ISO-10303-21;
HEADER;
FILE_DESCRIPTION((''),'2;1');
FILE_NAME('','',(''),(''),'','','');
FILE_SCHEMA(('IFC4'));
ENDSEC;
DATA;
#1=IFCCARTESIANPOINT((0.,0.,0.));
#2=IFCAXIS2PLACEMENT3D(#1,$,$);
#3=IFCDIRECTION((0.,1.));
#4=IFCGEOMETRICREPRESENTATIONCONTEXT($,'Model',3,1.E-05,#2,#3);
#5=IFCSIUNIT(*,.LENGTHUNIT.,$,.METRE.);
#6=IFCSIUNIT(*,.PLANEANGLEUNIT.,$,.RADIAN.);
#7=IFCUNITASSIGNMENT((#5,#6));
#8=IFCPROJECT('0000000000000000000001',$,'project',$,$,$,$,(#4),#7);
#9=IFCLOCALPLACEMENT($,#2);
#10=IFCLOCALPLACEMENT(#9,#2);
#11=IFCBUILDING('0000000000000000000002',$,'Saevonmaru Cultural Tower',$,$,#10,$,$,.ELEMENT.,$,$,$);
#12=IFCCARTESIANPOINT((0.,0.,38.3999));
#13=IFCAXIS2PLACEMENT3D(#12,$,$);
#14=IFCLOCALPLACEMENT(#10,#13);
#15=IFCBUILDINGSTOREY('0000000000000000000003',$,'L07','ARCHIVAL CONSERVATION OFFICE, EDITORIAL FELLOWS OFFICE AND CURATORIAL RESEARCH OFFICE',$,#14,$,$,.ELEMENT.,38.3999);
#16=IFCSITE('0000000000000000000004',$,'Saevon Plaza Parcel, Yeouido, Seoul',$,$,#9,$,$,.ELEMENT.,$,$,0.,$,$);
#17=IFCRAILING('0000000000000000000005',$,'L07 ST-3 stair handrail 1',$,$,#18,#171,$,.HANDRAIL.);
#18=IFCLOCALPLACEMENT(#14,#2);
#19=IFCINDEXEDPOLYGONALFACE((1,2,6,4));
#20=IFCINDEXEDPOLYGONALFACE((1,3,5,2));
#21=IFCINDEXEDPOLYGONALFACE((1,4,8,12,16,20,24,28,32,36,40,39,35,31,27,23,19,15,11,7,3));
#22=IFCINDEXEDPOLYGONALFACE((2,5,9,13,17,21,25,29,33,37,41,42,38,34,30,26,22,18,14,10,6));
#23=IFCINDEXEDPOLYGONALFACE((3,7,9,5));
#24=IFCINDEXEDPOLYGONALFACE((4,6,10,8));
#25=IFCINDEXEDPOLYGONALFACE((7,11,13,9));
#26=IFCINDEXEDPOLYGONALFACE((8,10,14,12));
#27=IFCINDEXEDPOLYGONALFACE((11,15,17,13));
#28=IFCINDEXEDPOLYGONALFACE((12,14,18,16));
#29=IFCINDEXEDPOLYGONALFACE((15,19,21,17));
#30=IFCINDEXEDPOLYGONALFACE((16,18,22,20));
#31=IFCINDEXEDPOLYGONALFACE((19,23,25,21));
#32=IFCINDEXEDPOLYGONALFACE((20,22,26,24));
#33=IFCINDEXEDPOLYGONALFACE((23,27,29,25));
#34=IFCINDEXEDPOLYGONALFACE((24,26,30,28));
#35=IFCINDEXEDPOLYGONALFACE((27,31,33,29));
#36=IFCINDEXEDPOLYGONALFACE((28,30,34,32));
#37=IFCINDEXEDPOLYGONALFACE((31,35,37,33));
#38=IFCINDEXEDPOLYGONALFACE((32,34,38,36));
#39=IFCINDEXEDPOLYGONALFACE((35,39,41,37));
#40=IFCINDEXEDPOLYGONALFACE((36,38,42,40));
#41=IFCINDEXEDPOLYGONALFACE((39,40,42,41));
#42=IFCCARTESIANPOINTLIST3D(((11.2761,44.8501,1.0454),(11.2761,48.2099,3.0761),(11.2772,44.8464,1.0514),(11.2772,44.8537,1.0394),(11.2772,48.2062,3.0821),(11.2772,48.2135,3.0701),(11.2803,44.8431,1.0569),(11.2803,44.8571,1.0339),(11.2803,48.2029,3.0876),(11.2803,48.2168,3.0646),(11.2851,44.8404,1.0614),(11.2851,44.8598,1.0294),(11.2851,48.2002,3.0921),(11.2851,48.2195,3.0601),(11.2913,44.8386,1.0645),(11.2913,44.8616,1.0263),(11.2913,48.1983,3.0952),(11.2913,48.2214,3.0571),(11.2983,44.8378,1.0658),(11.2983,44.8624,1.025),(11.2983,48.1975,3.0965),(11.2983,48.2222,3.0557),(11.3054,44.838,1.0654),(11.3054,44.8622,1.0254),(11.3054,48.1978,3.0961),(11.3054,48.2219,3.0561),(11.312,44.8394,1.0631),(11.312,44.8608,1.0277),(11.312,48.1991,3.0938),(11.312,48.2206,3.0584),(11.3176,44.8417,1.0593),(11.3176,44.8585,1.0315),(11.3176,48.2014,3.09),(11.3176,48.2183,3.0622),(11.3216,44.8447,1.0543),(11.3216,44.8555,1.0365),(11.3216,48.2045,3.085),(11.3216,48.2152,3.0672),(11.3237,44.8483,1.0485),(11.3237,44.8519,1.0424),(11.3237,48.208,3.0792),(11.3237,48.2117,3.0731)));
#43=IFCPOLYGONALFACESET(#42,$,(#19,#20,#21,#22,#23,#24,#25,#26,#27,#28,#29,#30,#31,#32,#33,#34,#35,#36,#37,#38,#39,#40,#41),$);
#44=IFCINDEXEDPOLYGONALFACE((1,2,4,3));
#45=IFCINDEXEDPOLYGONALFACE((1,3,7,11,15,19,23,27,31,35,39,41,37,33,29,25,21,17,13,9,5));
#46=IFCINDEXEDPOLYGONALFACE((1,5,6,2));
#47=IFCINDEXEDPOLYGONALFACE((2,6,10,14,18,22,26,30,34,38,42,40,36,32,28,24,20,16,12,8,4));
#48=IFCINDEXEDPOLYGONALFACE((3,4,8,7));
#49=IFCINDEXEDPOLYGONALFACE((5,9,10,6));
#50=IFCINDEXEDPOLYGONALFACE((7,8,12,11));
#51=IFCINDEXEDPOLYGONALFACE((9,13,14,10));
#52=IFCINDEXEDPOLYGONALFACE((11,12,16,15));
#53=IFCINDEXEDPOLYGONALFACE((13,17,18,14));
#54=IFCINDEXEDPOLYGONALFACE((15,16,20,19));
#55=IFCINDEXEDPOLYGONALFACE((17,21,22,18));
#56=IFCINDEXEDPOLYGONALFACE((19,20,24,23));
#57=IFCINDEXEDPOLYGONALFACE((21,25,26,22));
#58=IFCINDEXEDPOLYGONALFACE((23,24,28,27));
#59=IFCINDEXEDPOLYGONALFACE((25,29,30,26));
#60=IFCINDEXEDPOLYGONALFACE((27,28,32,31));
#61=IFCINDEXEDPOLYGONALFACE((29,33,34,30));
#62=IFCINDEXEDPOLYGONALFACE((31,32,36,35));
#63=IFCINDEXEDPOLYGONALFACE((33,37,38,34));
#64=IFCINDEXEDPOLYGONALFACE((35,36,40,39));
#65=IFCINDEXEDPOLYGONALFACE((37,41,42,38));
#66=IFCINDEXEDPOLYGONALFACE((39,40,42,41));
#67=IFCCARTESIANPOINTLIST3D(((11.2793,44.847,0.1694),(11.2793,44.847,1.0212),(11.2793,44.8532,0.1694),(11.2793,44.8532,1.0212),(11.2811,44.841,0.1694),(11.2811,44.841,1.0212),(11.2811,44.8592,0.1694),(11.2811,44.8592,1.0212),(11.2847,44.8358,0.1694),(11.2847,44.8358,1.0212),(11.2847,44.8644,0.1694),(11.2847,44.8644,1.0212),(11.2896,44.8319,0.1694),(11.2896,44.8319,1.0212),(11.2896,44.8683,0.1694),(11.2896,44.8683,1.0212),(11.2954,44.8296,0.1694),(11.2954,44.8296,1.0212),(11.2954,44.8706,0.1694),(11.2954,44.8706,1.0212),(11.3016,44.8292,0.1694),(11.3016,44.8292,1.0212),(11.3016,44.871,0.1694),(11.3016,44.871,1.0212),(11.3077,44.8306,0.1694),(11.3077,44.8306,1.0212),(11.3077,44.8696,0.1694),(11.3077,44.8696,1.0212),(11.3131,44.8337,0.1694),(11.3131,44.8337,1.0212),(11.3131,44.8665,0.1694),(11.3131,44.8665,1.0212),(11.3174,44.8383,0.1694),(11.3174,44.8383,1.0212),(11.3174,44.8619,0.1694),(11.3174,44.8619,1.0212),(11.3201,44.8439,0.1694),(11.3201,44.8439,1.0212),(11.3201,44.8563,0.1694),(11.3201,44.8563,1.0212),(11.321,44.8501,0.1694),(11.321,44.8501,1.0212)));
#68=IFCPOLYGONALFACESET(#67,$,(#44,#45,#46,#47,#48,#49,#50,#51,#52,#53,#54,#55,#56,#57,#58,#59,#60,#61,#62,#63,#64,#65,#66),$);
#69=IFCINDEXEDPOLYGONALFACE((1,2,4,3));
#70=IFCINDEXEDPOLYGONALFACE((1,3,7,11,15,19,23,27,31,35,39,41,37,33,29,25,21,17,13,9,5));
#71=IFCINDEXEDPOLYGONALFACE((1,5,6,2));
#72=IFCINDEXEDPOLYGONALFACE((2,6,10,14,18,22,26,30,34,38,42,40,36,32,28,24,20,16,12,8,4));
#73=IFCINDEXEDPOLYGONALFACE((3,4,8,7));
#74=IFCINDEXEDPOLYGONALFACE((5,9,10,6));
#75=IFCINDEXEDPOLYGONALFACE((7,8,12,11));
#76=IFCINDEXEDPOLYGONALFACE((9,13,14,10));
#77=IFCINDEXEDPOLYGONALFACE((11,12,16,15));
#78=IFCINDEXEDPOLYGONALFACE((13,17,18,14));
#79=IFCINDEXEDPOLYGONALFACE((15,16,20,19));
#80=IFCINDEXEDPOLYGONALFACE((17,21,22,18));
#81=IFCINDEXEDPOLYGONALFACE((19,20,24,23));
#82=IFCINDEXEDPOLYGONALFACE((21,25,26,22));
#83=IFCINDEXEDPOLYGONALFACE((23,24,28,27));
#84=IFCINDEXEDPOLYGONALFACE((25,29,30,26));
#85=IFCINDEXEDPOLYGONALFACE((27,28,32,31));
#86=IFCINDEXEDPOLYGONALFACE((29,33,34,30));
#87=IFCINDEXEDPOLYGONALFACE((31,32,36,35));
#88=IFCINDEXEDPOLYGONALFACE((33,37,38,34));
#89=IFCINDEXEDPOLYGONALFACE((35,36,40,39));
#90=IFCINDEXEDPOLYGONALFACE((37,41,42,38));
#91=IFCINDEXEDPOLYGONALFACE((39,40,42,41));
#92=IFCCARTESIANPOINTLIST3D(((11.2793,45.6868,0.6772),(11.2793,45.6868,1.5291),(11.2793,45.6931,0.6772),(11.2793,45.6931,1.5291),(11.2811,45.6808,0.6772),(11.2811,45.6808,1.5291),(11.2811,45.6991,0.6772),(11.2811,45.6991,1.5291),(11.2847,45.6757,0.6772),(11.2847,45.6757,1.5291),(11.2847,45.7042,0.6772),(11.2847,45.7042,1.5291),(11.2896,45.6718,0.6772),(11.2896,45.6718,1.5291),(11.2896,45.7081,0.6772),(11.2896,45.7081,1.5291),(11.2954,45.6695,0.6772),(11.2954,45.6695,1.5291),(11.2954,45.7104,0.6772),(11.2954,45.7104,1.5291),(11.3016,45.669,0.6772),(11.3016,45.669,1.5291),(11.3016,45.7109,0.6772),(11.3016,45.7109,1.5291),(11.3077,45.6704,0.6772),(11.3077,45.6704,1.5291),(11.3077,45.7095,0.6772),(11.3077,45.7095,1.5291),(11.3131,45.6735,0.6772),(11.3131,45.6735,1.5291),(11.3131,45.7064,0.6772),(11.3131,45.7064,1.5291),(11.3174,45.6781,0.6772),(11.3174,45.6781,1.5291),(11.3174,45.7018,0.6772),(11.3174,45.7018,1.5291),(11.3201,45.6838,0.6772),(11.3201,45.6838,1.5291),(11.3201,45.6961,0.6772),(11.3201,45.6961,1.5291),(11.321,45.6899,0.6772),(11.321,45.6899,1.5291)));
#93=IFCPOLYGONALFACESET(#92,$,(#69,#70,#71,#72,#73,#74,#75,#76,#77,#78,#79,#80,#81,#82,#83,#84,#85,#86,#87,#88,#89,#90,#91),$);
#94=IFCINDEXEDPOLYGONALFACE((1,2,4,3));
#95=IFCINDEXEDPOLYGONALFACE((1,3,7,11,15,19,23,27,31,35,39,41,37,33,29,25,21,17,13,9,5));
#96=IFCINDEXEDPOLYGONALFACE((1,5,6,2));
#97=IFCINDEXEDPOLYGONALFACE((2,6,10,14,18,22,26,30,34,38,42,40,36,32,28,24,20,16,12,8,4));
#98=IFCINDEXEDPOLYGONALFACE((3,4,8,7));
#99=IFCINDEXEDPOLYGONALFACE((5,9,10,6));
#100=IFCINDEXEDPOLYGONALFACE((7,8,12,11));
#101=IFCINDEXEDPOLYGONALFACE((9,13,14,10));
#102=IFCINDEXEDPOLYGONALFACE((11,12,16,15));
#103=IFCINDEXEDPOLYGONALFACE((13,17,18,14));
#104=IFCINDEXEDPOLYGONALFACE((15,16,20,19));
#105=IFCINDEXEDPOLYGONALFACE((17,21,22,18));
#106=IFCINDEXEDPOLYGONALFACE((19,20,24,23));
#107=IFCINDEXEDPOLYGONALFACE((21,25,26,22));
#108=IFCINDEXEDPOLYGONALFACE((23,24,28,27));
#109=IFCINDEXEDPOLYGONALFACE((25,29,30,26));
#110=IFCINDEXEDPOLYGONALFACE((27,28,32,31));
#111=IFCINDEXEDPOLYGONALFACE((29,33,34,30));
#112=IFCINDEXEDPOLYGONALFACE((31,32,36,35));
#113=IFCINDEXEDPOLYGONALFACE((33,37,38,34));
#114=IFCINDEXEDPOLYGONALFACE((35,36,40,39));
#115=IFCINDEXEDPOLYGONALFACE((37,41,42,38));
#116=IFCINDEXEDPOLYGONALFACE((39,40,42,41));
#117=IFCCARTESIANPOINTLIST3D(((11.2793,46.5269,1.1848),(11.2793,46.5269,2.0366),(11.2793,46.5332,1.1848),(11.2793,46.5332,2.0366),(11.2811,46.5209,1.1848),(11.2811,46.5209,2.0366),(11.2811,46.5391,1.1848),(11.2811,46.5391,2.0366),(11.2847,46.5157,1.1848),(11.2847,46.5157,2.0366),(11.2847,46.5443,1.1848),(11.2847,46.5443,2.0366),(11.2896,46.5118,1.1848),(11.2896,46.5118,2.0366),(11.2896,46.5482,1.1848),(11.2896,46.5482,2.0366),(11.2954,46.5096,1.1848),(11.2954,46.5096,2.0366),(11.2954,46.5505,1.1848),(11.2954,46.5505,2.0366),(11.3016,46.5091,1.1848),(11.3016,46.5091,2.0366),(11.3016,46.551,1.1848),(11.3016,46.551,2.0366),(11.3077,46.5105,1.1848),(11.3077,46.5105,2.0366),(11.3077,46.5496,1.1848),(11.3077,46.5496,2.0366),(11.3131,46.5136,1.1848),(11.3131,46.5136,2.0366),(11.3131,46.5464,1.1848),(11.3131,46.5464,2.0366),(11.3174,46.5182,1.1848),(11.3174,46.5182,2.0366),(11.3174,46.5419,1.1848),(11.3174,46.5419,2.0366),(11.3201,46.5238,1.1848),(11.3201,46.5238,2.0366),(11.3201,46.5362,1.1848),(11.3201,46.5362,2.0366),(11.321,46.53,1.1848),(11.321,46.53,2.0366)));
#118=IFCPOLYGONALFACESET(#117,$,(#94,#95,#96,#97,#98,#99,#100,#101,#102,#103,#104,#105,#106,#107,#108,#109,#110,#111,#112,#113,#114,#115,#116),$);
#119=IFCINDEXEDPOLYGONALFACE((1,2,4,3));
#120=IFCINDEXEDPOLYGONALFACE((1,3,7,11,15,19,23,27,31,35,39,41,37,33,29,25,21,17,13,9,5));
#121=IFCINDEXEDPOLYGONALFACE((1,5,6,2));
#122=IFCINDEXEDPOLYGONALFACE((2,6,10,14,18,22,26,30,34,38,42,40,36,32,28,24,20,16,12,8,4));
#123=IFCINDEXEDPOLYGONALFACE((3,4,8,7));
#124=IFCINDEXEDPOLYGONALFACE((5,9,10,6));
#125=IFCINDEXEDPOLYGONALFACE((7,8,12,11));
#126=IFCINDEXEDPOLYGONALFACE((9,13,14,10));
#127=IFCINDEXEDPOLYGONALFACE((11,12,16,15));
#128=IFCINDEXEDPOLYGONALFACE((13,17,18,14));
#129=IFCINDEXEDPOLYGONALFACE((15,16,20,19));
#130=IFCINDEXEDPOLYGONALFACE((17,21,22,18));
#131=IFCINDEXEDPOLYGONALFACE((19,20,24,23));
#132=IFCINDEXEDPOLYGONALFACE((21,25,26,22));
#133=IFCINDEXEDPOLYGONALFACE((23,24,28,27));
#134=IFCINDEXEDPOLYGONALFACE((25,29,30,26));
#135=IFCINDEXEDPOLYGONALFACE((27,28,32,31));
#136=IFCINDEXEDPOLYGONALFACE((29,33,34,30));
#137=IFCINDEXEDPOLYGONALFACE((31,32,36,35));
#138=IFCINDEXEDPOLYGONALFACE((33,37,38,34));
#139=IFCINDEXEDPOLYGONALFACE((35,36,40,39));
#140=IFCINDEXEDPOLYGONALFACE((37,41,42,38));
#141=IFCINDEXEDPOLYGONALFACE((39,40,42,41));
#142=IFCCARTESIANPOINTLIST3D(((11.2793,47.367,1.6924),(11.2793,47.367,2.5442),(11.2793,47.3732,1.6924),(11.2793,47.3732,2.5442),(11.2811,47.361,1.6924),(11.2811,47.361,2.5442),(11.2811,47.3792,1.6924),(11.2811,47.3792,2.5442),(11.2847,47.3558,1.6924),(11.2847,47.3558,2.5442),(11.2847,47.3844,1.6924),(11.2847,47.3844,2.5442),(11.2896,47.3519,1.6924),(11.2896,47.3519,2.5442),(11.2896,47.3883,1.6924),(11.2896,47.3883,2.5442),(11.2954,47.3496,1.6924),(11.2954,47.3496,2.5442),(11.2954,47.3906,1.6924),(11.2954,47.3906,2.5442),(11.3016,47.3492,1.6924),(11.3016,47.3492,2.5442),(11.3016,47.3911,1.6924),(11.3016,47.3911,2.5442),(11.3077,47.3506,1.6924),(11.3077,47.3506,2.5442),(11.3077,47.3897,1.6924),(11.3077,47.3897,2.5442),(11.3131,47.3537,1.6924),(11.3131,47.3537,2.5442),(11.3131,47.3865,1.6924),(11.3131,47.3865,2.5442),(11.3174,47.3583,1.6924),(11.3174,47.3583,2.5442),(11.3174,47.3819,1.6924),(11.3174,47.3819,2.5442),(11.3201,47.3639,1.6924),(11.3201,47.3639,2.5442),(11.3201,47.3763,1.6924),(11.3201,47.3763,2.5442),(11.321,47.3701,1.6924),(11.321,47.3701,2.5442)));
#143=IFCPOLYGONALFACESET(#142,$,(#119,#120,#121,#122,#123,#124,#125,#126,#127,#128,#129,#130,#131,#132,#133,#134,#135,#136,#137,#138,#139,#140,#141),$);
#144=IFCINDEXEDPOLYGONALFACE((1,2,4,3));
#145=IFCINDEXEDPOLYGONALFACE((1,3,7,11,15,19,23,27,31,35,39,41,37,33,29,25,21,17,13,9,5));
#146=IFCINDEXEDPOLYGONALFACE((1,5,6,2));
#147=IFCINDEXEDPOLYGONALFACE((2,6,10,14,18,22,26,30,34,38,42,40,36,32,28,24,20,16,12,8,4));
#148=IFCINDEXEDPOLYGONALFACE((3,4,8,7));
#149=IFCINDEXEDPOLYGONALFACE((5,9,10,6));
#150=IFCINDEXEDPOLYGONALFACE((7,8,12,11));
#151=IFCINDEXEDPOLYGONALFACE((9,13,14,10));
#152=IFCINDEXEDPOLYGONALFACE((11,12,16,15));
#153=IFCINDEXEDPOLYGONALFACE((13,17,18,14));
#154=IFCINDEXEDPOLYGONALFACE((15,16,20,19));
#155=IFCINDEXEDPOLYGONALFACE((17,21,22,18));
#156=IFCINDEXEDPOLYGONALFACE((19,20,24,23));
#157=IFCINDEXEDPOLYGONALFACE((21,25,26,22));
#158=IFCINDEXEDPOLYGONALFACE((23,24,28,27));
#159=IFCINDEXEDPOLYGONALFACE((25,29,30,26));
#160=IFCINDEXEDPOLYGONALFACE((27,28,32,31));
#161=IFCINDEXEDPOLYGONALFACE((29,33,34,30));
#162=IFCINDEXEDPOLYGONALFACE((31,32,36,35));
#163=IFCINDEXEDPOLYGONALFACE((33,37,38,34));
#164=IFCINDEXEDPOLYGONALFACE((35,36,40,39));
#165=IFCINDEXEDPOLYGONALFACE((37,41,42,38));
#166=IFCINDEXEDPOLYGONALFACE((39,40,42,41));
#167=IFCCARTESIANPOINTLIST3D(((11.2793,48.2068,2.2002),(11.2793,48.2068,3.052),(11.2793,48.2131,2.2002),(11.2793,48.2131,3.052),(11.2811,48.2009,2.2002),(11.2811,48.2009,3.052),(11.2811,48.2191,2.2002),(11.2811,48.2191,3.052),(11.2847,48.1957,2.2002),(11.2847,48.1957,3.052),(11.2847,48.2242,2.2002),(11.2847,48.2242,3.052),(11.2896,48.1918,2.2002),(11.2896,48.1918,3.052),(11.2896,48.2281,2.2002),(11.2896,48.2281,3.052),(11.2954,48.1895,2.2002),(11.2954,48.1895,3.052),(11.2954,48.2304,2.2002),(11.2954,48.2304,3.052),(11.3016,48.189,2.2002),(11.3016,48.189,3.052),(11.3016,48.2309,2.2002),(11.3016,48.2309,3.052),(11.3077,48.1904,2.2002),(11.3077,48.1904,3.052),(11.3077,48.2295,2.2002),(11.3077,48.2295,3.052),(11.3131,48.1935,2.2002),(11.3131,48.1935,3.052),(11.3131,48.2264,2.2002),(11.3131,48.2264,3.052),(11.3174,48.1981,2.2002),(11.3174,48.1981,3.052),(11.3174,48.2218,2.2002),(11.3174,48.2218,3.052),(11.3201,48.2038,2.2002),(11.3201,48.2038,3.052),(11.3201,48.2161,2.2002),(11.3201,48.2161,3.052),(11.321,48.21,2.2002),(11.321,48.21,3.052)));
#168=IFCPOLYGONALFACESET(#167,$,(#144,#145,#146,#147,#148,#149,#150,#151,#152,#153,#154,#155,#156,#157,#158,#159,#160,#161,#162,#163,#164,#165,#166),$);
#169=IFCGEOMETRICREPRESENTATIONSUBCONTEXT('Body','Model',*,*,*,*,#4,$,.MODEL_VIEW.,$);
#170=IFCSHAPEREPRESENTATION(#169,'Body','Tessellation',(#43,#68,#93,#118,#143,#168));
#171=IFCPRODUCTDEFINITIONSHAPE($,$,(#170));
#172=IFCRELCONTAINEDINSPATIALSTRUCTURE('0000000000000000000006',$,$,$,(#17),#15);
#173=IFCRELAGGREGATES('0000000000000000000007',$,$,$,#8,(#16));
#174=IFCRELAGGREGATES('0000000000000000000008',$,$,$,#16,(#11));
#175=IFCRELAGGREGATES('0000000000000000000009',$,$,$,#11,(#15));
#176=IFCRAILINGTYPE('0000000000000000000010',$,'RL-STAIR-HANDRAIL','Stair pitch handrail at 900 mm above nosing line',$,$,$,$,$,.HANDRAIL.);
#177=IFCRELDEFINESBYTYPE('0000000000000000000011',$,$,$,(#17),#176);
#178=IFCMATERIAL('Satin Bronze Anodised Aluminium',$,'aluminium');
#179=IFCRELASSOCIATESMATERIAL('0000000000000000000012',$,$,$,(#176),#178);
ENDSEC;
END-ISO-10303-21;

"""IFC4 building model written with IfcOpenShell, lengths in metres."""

from ifc_helpers import new_model, si_unit, direction, frame, origin, origin_2d, place, context, subcontext, project, spatial, circle, extrude, material, type_object, element, save


model = new_model("IFC4")

# Units and contexts
model_context = context("Model", 3, precision=1e-05, world=origin(), true_north=direction((0.0, 1.0)))
body_context = subcontext(model_context, "Body", "Model", "MODEL_VIEW")
ifc_project = project(units=[si_unit("LENGTHUNIT", "METRE"), si_unit("PLANEANGLEUNIT", "RADIAN")], contexts=[model_context])

# Site, building, storey
site_placement = place(None, origin())
site = spatial("IfcSite", under=ifc_project, at=site_placement, Name="Saevon Plaza Parcel, Yeouido, Seoul", CompositionType="ELEMENT", RefElevation=0.0)
building_placement = place(site_placement, origin())
building = spatial("IfcBuilding", under=site, at=building_placement, Name="Saevonmaru Cultural Tower", CompositionType="ELEMENT")
storey_placement = place(building_placement, frame((0.0, 0.0, 38.3999)))
storey = spatial("IfcBuildingStorey", under=building, at=storey_placement, Name="L07", Description="ARCHIVAL CONSERVATION OFFICE, EDITORIAL FELLOWS OFFICE AND CURATORIAL RESEARCH OFFICE", CompositionType="ELEMENT", Elevation=38.3999)

# Shared definitions
ifc_material_1 = material(Name="Satin Bronze Anodised Aluminium", Category="aluminium")

# Railing
railing_type_1 = type_object("IfcRailingType", Name="RL-STAIR-HANDRAIL", Description="Stair pitch handrail at 900 mm above nosing line", PredefinedType="HANDRAIL", material=ifc_material_1)
for number, where, name in (
    (1, (11.3, 44.8501, 0.1694), "L07 ST-3 stair handrail 1"),
):
    element("IfcRailing", number, at=place(storey_placement, frame(where)), inside=storey, type_object=railing_type_1, Name=name, PredefinedType="HANDRAIL", context=body_context, shape_type="SweptSolid", body=[
        extrude(circle(Radius=0.0239, at=origin_2d()), frame((0.0, 0.0, 0.876), z_axis=(0.0, 0.85582, 0.517273), x_axis=(-1.0, 0.0, 0.0)), (0.0, 0.0, 1.0), 3.9258),
        extrude(circle(Radius=0.021, at=origin_2d()), origin(), (0.0, 0.0, 1.0), 0.8518),
        extrude(circle(Radius=0.021, at=origin_2d()), frame((0.0, 0.8398, 0.5078)), (0.0, 0.0, 1.0), 0.8518),
        extrude(circle(Radius=0.021, at=origin_2d()), frame((0.0, 1.6799, 1.0154)), (0.0, 0.0, 1.0), 0.8518),
        extrude(circle(Radius=0.021, at=origin_2d()), frame((0.0, 2.52, 1.5229)), (0.0, 0.0, 1.0), 0.8518),
        extrude(circle(Radius=0.021, at=origin_2d()), frame((0.0, 3.3599, 2.0308)), (0.0, 0.0, 1.0), 0.8518),
    ])

save(model, "model.ifc")
